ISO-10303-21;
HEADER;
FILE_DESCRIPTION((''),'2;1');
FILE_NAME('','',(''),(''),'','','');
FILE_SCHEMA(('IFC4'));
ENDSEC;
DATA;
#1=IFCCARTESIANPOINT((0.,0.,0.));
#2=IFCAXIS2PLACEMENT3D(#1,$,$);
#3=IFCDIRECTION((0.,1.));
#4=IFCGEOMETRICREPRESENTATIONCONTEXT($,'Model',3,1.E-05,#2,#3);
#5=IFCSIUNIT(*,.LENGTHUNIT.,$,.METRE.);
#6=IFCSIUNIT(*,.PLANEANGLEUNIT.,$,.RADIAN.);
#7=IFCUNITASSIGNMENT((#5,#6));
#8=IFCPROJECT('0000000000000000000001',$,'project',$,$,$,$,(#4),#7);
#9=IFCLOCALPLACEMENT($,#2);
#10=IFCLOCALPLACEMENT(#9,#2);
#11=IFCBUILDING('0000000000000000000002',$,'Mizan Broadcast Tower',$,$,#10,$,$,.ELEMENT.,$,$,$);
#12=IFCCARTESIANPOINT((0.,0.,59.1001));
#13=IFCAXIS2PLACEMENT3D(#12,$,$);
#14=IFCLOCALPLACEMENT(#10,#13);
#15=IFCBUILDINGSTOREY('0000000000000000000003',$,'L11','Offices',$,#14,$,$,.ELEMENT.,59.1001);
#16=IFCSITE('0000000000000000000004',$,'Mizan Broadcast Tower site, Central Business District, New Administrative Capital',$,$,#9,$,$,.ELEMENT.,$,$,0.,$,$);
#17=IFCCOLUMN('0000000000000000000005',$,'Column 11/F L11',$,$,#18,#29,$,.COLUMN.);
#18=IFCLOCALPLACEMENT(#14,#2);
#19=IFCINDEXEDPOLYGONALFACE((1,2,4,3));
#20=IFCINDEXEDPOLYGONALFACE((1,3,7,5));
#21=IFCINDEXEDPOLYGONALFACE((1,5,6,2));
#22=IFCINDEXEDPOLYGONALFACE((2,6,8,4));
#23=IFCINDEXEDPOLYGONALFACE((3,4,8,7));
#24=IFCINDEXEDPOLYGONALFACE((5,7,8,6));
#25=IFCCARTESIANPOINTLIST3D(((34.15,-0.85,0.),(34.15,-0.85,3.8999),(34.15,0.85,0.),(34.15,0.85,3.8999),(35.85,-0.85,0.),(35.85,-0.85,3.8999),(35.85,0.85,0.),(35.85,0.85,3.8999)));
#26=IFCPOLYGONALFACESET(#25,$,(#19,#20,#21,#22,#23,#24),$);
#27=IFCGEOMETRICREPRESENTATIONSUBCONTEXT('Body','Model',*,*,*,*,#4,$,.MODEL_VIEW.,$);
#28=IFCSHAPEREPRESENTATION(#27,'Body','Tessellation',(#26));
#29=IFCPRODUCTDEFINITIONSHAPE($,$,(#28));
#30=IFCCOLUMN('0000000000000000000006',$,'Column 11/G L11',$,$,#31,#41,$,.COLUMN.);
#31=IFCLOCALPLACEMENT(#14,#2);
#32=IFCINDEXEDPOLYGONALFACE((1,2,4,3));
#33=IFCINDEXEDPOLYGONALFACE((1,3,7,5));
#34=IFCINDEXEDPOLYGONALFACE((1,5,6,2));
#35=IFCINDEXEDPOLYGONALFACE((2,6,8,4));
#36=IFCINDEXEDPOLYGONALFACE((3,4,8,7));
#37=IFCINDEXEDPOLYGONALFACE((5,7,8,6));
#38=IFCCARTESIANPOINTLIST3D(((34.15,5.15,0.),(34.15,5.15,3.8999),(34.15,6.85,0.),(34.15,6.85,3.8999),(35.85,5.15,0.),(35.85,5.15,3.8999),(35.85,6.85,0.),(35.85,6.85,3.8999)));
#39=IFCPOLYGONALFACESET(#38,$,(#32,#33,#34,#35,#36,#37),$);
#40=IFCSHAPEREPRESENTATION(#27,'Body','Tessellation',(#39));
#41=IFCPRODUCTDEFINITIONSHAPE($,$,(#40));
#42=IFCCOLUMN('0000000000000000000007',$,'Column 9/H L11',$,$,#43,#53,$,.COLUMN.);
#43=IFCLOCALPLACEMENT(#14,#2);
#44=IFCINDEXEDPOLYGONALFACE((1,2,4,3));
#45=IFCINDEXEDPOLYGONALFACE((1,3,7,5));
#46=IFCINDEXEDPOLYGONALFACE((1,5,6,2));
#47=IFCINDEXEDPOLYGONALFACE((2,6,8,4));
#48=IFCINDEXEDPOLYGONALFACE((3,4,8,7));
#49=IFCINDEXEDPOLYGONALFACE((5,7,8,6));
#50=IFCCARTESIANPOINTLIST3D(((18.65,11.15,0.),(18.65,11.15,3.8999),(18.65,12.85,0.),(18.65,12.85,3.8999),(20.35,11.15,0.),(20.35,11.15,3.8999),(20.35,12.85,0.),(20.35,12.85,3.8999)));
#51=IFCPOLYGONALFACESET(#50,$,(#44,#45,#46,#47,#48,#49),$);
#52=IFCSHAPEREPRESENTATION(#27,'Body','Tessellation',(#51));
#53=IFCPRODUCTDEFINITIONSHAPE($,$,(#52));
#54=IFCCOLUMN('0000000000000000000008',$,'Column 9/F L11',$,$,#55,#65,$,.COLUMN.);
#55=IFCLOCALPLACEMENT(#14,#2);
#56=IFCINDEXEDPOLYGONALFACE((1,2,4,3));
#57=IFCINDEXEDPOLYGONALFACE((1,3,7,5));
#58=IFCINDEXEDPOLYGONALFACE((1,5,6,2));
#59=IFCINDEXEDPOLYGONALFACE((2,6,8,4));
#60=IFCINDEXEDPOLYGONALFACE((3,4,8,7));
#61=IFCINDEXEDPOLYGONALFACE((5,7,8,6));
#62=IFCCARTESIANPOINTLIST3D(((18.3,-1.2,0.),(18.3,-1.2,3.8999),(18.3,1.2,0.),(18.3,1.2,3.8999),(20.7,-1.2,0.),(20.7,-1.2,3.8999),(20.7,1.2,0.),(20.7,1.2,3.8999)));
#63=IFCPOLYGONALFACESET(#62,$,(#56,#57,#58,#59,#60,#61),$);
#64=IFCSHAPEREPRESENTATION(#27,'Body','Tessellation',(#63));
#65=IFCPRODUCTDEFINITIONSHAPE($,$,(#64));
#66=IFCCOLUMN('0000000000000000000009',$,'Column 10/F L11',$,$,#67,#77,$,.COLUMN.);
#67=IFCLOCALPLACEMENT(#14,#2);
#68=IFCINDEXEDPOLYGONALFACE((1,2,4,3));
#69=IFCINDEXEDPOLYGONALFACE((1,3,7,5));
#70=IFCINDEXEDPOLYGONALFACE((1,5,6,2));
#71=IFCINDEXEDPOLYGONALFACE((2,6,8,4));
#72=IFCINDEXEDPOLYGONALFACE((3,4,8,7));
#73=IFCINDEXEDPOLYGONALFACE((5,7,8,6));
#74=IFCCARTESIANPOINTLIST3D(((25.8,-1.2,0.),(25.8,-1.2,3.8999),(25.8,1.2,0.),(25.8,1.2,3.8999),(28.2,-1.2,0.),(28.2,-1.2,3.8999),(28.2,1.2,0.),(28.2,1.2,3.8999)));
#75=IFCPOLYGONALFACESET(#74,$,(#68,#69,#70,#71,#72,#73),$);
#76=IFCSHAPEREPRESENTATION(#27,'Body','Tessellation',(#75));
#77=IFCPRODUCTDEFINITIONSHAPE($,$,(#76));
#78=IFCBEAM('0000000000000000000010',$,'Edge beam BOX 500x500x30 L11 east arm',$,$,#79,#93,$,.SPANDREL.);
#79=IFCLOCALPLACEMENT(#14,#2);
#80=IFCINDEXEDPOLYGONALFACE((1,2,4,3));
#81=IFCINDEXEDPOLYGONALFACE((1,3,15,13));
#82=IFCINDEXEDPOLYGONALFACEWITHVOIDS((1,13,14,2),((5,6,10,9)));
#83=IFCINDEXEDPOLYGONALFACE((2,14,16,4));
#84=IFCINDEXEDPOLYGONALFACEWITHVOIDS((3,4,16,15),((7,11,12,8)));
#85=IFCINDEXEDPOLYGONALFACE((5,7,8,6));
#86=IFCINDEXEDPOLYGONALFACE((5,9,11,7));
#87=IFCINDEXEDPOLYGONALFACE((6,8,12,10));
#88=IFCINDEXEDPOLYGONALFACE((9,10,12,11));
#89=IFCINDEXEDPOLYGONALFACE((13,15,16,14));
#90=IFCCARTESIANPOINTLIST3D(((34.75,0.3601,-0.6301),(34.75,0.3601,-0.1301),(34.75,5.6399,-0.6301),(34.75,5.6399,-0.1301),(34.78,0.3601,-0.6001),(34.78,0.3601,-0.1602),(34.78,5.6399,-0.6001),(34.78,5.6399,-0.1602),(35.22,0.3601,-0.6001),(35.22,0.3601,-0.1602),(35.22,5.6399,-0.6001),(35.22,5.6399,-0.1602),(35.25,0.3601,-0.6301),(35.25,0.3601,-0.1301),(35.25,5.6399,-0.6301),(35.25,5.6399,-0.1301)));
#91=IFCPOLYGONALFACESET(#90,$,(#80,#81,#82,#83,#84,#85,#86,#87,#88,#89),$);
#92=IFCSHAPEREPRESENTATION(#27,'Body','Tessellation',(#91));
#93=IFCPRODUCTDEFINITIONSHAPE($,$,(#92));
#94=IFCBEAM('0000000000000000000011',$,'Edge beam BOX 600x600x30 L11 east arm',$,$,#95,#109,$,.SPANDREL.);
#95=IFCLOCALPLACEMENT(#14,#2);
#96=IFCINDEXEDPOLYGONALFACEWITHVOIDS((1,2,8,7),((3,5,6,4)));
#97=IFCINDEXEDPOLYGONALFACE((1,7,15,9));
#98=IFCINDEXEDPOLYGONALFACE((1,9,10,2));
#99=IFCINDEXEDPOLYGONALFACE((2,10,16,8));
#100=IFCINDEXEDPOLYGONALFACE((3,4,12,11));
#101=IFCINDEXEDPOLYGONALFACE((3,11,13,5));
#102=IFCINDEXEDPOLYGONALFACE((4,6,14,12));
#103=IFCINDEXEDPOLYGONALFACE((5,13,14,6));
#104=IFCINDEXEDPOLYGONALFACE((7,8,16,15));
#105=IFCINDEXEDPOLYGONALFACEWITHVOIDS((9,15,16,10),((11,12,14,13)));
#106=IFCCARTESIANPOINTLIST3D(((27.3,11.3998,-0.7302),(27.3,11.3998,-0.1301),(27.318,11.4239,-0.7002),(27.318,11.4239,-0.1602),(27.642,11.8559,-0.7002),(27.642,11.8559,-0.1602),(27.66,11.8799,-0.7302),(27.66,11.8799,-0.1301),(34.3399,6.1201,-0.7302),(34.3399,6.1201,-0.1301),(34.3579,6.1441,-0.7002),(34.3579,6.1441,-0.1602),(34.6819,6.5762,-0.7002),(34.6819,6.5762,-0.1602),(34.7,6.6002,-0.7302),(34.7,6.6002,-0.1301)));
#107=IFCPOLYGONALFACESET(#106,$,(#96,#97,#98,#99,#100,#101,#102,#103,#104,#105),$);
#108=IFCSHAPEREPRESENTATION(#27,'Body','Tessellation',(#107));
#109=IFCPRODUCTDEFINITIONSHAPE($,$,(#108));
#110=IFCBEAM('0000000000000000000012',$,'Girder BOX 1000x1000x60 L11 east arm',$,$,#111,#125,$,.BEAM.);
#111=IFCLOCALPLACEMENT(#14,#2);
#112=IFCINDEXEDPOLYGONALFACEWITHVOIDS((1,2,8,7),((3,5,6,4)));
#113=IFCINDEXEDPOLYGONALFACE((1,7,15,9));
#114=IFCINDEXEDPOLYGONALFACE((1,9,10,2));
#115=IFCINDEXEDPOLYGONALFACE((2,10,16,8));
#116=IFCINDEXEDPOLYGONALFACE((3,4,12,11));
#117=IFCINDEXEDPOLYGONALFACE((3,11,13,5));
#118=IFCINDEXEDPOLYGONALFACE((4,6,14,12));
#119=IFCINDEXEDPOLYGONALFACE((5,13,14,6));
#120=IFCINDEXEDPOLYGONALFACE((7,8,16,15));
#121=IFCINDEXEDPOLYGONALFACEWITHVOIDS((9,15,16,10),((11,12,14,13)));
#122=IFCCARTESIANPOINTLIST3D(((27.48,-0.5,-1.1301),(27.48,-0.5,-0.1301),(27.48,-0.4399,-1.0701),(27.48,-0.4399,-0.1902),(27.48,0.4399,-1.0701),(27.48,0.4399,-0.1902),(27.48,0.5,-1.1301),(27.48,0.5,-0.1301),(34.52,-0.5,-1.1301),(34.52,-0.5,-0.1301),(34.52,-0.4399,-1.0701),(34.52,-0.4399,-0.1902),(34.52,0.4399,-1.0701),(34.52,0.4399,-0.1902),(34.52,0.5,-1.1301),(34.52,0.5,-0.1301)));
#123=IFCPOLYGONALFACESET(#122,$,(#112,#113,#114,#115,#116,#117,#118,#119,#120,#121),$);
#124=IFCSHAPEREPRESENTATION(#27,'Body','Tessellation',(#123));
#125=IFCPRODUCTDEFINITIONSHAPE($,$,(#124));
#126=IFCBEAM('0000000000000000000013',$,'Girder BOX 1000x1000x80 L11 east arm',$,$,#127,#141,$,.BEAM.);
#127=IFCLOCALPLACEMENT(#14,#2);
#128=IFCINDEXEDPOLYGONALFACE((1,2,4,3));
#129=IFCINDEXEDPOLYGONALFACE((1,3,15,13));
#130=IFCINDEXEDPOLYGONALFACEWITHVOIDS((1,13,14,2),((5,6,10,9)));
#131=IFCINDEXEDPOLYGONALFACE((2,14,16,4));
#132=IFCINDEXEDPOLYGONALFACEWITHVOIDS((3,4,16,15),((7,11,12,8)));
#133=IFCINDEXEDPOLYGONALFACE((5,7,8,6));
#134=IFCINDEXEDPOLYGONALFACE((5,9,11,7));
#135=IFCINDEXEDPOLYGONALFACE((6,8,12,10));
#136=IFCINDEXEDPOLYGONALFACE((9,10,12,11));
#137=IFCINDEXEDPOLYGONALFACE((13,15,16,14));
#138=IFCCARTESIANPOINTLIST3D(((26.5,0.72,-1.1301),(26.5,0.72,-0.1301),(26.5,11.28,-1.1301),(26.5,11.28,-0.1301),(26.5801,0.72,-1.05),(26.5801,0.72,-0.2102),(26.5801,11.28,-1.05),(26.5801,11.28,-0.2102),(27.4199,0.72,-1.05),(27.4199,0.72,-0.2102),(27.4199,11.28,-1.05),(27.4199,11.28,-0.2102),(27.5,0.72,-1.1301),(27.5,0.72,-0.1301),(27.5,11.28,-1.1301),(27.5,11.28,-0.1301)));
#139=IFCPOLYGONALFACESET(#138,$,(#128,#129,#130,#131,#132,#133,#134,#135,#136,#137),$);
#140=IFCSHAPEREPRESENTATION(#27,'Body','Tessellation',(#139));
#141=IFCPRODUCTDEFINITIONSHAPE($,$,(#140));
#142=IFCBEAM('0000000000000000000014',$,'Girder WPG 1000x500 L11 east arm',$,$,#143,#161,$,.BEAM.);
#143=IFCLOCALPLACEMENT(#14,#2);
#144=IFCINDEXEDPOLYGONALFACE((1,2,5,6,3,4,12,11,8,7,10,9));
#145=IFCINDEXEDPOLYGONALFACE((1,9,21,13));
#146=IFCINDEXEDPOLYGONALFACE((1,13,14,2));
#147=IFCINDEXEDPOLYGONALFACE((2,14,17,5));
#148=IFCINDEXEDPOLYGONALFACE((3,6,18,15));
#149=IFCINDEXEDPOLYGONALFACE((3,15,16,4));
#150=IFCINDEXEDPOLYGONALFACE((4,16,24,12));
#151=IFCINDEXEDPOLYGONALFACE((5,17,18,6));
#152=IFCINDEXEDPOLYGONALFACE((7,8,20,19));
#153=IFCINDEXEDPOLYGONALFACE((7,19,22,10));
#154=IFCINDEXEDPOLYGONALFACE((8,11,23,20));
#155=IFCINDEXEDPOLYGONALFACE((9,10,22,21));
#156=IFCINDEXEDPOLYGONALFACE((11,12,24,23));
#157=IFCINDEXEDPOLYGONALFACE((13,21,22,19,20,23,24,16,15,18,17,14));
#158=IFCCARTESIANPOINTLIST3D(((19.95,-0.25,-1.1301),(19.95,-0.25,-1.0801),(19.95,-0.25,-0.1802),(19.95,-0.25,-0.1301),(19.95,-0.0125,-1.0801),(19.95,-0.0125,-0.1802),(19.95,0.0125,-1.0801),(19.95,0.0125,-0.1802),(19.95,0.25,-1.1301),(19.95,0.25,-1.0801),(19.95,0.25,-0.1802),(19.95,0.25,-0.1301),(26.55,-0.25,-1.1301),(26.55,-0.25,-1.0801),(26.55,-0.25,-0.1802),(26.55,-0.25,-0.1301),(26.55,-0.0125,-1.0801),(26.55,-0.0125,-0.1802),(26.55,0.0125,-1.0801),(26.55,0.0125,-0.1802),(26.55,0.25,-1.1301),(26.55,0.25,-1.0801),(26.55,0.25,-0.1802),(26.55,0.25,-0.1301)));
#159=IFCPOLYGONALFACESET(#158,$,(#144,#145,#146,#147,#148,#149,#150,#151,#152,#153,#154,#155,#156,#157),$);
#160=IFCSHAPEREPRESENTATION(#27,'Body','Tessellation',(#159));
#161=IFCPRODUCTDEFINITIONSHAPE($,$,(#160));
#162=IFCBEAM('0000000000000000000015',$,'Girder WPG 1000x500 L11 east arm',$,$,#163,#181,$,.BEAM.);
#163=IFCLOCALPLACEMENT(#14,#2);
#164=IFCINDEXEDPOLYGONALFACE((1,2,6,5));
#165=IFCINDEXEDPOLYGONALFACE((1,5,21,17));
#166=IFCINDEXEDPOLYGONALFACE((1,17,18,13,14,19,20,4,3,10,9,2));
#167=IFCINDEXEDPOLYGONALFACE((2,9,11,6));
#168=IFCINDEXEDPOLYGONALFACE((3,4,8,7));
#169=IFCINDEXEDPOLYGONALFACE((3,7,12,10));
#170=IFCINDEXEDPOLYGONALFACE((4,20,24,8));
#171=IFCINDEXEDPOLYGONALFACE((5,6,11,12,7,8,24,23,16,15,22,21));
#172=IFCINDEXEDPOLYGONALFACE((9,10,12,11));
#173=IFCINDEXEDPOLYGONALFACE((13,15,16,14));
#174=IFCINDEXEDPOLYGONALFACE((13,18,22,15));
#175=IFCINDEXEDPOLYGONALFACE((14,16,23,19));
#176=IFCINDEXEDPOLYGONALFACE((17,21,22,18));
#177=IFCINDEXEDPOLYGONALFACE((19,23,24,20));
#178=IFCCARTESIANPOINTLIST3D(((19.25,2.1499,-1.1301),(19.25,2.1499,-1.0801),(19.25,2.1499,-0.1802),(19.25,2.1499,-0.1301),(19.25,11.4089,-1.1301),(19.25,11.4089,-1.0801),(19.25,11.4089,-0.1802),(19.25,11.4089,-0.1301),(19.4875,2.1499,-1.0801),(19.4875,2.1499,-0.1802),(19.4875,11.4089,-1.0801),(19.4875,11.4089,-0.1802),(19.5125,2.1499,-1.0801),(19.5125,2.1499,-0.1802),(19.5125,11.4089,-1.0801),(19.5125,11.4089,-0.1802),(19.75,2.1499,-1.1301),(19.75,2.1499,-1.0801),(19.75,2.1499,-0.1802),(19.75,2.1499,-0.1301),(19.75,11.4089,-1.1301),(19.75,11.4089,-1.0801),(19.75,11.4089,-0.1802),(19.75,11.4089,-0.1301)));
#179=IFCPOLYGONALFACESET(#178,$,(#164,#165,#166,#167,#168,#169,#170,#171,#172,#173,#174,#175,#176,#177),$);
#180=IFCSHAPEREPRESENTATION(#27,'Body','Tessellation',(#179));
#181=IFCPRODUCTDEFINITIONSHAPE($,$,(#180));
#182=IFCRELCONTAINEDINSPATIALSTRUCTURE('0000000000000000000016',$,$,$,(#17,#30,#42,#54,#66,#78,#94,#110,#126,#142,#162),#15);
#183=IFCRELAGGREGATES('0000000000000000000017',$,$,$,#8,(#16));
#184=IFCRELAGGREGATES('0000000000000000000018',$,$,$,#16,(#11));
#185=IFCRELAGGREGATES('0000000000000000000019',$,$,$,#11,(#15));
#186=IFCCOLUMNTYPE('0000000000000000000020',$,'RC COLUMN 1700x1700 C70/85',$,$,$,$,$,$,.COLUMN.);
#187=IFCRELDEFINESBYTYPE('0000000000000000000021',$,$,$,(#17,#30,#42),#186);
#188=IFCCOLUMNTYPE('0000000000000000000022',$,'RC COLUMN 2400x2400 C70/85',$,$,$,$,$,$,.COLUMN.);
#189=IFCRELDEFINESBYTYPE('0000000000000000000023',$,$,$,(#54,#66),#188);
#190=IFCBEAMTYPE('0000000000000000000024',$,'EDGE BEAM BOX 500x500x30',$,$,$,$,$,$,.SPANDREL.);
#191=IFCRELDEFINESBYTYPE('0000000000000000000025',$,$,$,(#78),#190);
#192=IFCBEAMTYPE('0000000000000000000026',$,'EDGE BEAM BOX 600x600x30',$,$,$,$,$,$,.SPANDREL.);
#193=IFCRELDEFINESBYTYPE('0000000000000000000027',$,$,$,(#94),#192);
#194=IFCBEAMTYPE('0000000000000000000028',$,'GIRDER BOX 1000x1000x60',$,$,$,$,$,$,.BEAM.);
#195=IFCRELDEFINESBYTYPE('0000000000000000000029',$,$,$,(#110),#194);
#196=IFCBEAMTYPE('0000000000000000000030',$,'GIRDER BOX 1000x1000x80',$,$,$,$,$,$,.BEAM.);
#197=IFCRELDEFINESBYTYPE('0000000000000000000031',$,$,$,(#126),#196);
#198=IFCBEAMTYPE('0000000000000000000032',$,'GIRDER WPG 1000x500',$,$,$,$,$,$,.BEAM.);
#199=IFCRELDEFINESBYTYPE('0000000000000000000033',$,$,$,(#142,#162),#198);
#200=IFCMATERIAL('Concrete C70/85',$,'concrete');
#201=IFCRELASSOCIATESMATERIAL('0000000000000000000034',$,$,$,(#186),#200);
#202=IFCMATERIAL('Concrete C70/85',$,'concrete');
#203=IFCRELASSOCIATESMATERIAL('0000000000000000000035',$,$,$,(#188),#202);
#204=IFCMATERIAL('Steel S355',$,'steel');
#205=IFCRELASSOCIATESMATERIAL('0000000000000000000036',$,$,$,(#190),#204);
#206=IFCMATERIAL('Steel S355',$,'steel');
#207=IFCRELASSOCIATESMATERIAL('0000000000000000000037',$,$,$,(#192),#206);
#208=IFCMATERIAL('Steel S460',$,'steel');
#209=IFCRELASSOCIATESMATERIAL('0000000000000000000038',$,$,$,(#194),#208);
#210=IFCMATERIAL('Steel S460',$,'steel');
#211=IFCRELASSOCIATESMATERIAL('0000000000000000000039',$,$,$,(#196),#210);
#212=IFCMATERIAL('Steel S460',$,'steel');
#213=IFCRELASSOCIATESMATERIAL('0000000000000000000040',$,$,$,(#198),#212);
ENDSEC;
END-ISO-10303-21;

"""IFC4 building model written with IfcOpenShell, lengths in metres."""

from ifc_helpers import new_model, si_unit, direction, frame, origin, origin_2d, place, context, subcontext, project, spatial, rectangle, hollow_rectangle, i_section, extrude, material, material_profile, profile_set, type_object, element, save


model = new_model("IFC4")

# Units and contexts
model_context = context("Model", 3, precision=1e-05, world=origin(), true_north=direction((0.0, 1.0)))
body_context = subcontext(model_context, "Body", "Model", "MODEL_VIEW")
ifc_project = project(units=[si_unit("LENGTHUNIT", "METRE"), si_unit("PLANEANGLEUNIT", "RADIAN")], contexts=[model_context])

# Site, building, storey
site_placement = place(None, origin())
site = spatial("IfcSite", under=ifc_project, at=site_placement, Name="Mizan Broadcast Tower site, Central Business District, New Administrative Capital", CompositionType="ELEMENT", RefElevation=0.0)
building_placement = place(site_placement, origin())
building = spatial("IfcBuilding", under=site, at=building_placement, Name="Mizan Broadcast Tower", CompositionType="ELEMENT")
storey_placement = place(building_placement, frame((0.0, 0.0, 59.1001)))
storey = spatial("IfcBuildingStorey", under=building, at=storey_placement, Name="L11", Description="Offices", CompositionType="ELEMENT", Elevation=59.1001)

# Columns
ifc_material_1 = material(Name="Concrete C70/85", Category="concrete")
ifc_material_profile_1 = material_profile(ifc_material_1, rectangle(XDim=1.7, YDim=1.7, at=origin_2d()), Name="RC 1700x1700")
ifc_profile_set_1 = profile_set([ifc_material_profile_1], Name="Concrete C70/85")
column_type_1 = type_object("IfcColumnType", Name="RC COLUMN 1700x1700 C70/85", PredefinedType="COLUMN", material=ifc_profile_set_1)
for number, where, z_axis, x_axis, name in (
    (1, (35.0, 0.0, 0.0), (0.0, 0.0, 1.0), (1.0, 0.0, 0.0), "Column 11/F L11"),
    (2, (35.0, 6.0, 0.0), (0.0, 0.0, 1.0), (1.0, 0.0, 0.0), "Column 11/G L11"),
    (3, (19.5, 12.0, 0.0), (0.0, 0.0, 1.0), (1.0, 0.0, 0.0), "Column 9/H L11"),
):
    element("IfcColumn", number, at=place(storey_placement, frame(where, z_axis=z_axis, x_axis=x_axis)), inside=storey, type_object=column_type_1, Name=name, PredefinedType="COLUMN", context=body_context, shape_type="SweptSolid", body=[
        extrude(rectangle(XDim=1.7, YDim=1.7, at=origin_2d()), origin(), (0.0, 0.0, 1.0), 3.8999),
    ])
ifc_material_2 = material(Name="Concrete C70/85", Category="concrete")
ifc_material_profile_2 = material_profile(ifc_material_2, rectangle(XDim=2.3999, YDim=2.3999, at=origin_2d()), Name="RC 2400x2400")
ifc_profile_set_2 = profile_set([ifc_material_profile_2], Name="Concrete C70/85")
column_type_2 = type_object("IfcColumnType", Name="RC COLUMN 2400x2400 C70/85", PredefinedType="COLUMN", material=ifc_profile_set_2)
for number, where, z_axis, x_axis, name in (
    (4, (19.5, 0.0, 0.0), (0.0, 0.0, 1.0), (1.0, 0.0, 0.0), "Column 9/F L11"),
    (5, (27.0, 0.0, 0.0), (0.0, 0.0, 1.0), (1.0, 0.0, 0.0), "Column 10/F L11"),
):
    element("IfcColumn", number, at=place(storey_placement, frame(where, z_axis=z_axis, x_axis=x_axis)), inside=storey, type_object=column_type_2, Name=name, PredefinedType="COLUMN", context=body_context, shape_type="SweptSolid", body=[
        extrude(rectangle(XDim=2.3999, YDim=2.3999, at=origin_2d()), origin(), (0.0, 0.0, 1.0), 3.8999),
    ])

# Beams
ifc_material_3 = material(Name="Steel S355", Category="steel")
ifc_material_profile_3 = material_profile(ifc_material_3, hollow_rectangle(XDim=0.5, YDim=0.5, WallThickness=0.03, at=origin_2d()), Name="BOX 500x500x30")
ifc_profile_set_3 = profile_set([ifc_material_profile_3], Name="Steel S355")
beam_type_1 = type_object("IfcBeamType", Name="EDGE BEAM BOX 500x500x30", PredefinedType="SPANDREL", material=ifc_profile_set_3)
beam_1_placement = place(storey_placement, frame((35.0, 5.6399, -0.3801), z_axis=(0.0, -1.0, 0.0), x_axis=(1.0, 0.0, 0.0)))
element("IfcBeam", 6, at=beam_1_placement, inside=storey, type_object=beam_type_1, Name="Edge beam BOX 500x500x30 L11 east arm", PredefinedType="SPANDREL", context=body_context, shape_type="SweptSolid", body=[
    extrude(hollow_rectangle(XDim=0.5, YDim=0.5, WallThickness=0.03, at=origin_2d()), origin(), (0.0, 0.0, 1.0), 5.2798),
])
ifc_material_4 = material(Name="Steel S355", Category="steel")
ifc_material_profile_4 = material_profile(ifc_material_4, hollow_rectangle(XDim=0.6001, YDim=0.6001, WallThickness=0.03, at=origin_2d()), Name="BOX 600x600x30")
ifc_profile_set_4 = profile_set([ifc_material_profile_4], Name="Steel S355")
beam_type_2 = type_object("IfcBeamType", Name="EDGE BEAM BOX 600x600x30", PredefinedType="SPANDREL", material=ifc_profile_set_4)
beam_2_placement = place(storey_placement, frame((27.48, 11.6399, -0.4302), z_axis=(0.800013, -0.599982, 0.0), x_axis=(0.599982, 0.800013, 0.0)))
element("IfcBeam", 7, at=beam_2_placement, inside=storey, type_object=beam_type_2, Name="Edge beam BOX 600x600x30 L11 east arm", PredefinedType="SPANDREL", context=body_context, shape_type="SweptSolid", body=[
    extrude(hollow_rectangle(XDim=0.6001, YDim=0.6001, WallThickness=0.03, at=origin_2d()), origin(), (0.0, 0.0, 1.0), 8.7998),
])
ifc_material_5 = material(Name="Steel S460", Category="steel")
ifc_material_profile_5 = material_profile(ifc_material_5, hollow_rectangle(XDim=1.0, YDim=1.0, WallThickness=0.0601, at=origin_2d()), Name="BOX 1000x1000x60")
ifc_profile_set_5 = profile_set([ifc_material_profile_5], Name="Steel S460")
beam_type_3 = type_object("IfcBeamType", Name="GIRDER BOX 1000x1000x60", PredefinedType="BEAM", material=ifc_profile_set_5)
beam_3_placement = place(storey_placement, frame((27.48, 0.0, -0.6301), z_axis=(1.0, 0.0, 0.0), x_axis=(0.0, 1.0, 0.0)))
element("IfcBeam", 8, at=beam_3_placement, inside=storey, type_object=beam_type_3, Name="Girder BOX 1000x1000x60 L11 east arm", PredefinedType="BEAM", context=body_context, shape_type="SweptSolid", body=[
    extrude(hollow_rectangle(XDim=1.0, YDim=1.0, WallThickness=0.0601, at=origin_2d()), origin(), (0.0, 0.0, 1.0), 7.04),
])
ifc_material_6 = material(Name="Steel S460", Category="steel")
ifc_material_profile_6 = material_profile(ifc_material_6, hollow_rectangle(XDim=1.0, YDim=1.0, WallThickness=0.0801, at=origin_2d()), Name="BOX 1000x1000x80")
ifc_profile_set_6 = profile_set([ifc_material_profile_6], Name="Steel S460")
beam_type_4 = type_object("IfcBeamType", Name="GIRDER BOX 1000x1000x80", PredefinedType="BEAM", material=ifc_profile_set_6)
beam_4_placement = place(storey_placement, frame((27.0, 11.28, -0.6301), z_axis=(0.0, -1.0, 0.0), x_axis=(1.0, 0.0, 0.0)))
element("IfcBeam", 9, at=beam_4_placement, inside=storey, type_object=beam_type_4, Name="Girder BOX 1000x1000x80 L11 east arm", PredefinedType="BEAM", context=body_context, shape_type="SweptSolid", body=[
    extrude(hollow_rectangle(XDim=1.0, YDim=1.0, WallThickness=0.0801, at=origin_2d()), origin(), (0.0, 0.0, 1.0), 10.5601),
])
ifc_material_7 = material(Name="Steel S460", Category="steel")
ifc_material_profile_7 = material_profile(ifc_material_7, i_section(OverallWidth=0.5, OverallDepth=1.0, WebThickness=0.0249, FlangeThickness=0.05, at=origin_2d()), Name="WPG 1000x500")
ifc_profile_set_7 = profile_set([ifc_material_profile_7], Name="Steel S460")
beam_type_5 = type_object("IfcBeamType", Name="GIRDER WPG 1000x500", PredefinedType="BEAM", material=ifc_profile_set_7)
beam_5_placement = place(storey_placement, frame((19.95, 0.0, -0.6301), z_axis=(1.0, 0.0, 0.0), x_axis=(0.0, 1.0, 0.0)))
element("IfcBeam", 10, at=beam_5_placement, inside=storey, type_object=beam_type_5, Name="Girder WPG 1000x500 L11 east arm", PredefinedType="BEAM", context=body_context, shape_type="SweptSolid", body=[
    extrude(i_section(OverallWidth=0.5, OverallDepth=1.0, WebThickness=0.0249, FlangeThickness=0.05, at=origin_2d()), origin(), (0.0, 0.0, 1.0), 6.6001),
])
beam_6_placement = place(storey_placement, frame((19.5, 11.4089, -0.6301), z_axis=(0.0, -1.0, 0.0), x_axis=(1.0, 0.0, 0.0)))
element("IfcBeam", 11, at=beam_6_placement, inside=storey, type_object=beam_type_5, Name="Girder WPG 1000x500 L11 east arm", PredefinedType="BEAM", context=body_context, shape_type="SweptSolid", body=[
    extrude(i_section(OverallWidth=0.5, OverallDepth=1.0, WebThickness=0.0249, FlangeThickness=0.05, at=origin_2d()), origin(), (0.0, 0.0, 1.0), 9.259),
])

save(model, "model.ifc")
